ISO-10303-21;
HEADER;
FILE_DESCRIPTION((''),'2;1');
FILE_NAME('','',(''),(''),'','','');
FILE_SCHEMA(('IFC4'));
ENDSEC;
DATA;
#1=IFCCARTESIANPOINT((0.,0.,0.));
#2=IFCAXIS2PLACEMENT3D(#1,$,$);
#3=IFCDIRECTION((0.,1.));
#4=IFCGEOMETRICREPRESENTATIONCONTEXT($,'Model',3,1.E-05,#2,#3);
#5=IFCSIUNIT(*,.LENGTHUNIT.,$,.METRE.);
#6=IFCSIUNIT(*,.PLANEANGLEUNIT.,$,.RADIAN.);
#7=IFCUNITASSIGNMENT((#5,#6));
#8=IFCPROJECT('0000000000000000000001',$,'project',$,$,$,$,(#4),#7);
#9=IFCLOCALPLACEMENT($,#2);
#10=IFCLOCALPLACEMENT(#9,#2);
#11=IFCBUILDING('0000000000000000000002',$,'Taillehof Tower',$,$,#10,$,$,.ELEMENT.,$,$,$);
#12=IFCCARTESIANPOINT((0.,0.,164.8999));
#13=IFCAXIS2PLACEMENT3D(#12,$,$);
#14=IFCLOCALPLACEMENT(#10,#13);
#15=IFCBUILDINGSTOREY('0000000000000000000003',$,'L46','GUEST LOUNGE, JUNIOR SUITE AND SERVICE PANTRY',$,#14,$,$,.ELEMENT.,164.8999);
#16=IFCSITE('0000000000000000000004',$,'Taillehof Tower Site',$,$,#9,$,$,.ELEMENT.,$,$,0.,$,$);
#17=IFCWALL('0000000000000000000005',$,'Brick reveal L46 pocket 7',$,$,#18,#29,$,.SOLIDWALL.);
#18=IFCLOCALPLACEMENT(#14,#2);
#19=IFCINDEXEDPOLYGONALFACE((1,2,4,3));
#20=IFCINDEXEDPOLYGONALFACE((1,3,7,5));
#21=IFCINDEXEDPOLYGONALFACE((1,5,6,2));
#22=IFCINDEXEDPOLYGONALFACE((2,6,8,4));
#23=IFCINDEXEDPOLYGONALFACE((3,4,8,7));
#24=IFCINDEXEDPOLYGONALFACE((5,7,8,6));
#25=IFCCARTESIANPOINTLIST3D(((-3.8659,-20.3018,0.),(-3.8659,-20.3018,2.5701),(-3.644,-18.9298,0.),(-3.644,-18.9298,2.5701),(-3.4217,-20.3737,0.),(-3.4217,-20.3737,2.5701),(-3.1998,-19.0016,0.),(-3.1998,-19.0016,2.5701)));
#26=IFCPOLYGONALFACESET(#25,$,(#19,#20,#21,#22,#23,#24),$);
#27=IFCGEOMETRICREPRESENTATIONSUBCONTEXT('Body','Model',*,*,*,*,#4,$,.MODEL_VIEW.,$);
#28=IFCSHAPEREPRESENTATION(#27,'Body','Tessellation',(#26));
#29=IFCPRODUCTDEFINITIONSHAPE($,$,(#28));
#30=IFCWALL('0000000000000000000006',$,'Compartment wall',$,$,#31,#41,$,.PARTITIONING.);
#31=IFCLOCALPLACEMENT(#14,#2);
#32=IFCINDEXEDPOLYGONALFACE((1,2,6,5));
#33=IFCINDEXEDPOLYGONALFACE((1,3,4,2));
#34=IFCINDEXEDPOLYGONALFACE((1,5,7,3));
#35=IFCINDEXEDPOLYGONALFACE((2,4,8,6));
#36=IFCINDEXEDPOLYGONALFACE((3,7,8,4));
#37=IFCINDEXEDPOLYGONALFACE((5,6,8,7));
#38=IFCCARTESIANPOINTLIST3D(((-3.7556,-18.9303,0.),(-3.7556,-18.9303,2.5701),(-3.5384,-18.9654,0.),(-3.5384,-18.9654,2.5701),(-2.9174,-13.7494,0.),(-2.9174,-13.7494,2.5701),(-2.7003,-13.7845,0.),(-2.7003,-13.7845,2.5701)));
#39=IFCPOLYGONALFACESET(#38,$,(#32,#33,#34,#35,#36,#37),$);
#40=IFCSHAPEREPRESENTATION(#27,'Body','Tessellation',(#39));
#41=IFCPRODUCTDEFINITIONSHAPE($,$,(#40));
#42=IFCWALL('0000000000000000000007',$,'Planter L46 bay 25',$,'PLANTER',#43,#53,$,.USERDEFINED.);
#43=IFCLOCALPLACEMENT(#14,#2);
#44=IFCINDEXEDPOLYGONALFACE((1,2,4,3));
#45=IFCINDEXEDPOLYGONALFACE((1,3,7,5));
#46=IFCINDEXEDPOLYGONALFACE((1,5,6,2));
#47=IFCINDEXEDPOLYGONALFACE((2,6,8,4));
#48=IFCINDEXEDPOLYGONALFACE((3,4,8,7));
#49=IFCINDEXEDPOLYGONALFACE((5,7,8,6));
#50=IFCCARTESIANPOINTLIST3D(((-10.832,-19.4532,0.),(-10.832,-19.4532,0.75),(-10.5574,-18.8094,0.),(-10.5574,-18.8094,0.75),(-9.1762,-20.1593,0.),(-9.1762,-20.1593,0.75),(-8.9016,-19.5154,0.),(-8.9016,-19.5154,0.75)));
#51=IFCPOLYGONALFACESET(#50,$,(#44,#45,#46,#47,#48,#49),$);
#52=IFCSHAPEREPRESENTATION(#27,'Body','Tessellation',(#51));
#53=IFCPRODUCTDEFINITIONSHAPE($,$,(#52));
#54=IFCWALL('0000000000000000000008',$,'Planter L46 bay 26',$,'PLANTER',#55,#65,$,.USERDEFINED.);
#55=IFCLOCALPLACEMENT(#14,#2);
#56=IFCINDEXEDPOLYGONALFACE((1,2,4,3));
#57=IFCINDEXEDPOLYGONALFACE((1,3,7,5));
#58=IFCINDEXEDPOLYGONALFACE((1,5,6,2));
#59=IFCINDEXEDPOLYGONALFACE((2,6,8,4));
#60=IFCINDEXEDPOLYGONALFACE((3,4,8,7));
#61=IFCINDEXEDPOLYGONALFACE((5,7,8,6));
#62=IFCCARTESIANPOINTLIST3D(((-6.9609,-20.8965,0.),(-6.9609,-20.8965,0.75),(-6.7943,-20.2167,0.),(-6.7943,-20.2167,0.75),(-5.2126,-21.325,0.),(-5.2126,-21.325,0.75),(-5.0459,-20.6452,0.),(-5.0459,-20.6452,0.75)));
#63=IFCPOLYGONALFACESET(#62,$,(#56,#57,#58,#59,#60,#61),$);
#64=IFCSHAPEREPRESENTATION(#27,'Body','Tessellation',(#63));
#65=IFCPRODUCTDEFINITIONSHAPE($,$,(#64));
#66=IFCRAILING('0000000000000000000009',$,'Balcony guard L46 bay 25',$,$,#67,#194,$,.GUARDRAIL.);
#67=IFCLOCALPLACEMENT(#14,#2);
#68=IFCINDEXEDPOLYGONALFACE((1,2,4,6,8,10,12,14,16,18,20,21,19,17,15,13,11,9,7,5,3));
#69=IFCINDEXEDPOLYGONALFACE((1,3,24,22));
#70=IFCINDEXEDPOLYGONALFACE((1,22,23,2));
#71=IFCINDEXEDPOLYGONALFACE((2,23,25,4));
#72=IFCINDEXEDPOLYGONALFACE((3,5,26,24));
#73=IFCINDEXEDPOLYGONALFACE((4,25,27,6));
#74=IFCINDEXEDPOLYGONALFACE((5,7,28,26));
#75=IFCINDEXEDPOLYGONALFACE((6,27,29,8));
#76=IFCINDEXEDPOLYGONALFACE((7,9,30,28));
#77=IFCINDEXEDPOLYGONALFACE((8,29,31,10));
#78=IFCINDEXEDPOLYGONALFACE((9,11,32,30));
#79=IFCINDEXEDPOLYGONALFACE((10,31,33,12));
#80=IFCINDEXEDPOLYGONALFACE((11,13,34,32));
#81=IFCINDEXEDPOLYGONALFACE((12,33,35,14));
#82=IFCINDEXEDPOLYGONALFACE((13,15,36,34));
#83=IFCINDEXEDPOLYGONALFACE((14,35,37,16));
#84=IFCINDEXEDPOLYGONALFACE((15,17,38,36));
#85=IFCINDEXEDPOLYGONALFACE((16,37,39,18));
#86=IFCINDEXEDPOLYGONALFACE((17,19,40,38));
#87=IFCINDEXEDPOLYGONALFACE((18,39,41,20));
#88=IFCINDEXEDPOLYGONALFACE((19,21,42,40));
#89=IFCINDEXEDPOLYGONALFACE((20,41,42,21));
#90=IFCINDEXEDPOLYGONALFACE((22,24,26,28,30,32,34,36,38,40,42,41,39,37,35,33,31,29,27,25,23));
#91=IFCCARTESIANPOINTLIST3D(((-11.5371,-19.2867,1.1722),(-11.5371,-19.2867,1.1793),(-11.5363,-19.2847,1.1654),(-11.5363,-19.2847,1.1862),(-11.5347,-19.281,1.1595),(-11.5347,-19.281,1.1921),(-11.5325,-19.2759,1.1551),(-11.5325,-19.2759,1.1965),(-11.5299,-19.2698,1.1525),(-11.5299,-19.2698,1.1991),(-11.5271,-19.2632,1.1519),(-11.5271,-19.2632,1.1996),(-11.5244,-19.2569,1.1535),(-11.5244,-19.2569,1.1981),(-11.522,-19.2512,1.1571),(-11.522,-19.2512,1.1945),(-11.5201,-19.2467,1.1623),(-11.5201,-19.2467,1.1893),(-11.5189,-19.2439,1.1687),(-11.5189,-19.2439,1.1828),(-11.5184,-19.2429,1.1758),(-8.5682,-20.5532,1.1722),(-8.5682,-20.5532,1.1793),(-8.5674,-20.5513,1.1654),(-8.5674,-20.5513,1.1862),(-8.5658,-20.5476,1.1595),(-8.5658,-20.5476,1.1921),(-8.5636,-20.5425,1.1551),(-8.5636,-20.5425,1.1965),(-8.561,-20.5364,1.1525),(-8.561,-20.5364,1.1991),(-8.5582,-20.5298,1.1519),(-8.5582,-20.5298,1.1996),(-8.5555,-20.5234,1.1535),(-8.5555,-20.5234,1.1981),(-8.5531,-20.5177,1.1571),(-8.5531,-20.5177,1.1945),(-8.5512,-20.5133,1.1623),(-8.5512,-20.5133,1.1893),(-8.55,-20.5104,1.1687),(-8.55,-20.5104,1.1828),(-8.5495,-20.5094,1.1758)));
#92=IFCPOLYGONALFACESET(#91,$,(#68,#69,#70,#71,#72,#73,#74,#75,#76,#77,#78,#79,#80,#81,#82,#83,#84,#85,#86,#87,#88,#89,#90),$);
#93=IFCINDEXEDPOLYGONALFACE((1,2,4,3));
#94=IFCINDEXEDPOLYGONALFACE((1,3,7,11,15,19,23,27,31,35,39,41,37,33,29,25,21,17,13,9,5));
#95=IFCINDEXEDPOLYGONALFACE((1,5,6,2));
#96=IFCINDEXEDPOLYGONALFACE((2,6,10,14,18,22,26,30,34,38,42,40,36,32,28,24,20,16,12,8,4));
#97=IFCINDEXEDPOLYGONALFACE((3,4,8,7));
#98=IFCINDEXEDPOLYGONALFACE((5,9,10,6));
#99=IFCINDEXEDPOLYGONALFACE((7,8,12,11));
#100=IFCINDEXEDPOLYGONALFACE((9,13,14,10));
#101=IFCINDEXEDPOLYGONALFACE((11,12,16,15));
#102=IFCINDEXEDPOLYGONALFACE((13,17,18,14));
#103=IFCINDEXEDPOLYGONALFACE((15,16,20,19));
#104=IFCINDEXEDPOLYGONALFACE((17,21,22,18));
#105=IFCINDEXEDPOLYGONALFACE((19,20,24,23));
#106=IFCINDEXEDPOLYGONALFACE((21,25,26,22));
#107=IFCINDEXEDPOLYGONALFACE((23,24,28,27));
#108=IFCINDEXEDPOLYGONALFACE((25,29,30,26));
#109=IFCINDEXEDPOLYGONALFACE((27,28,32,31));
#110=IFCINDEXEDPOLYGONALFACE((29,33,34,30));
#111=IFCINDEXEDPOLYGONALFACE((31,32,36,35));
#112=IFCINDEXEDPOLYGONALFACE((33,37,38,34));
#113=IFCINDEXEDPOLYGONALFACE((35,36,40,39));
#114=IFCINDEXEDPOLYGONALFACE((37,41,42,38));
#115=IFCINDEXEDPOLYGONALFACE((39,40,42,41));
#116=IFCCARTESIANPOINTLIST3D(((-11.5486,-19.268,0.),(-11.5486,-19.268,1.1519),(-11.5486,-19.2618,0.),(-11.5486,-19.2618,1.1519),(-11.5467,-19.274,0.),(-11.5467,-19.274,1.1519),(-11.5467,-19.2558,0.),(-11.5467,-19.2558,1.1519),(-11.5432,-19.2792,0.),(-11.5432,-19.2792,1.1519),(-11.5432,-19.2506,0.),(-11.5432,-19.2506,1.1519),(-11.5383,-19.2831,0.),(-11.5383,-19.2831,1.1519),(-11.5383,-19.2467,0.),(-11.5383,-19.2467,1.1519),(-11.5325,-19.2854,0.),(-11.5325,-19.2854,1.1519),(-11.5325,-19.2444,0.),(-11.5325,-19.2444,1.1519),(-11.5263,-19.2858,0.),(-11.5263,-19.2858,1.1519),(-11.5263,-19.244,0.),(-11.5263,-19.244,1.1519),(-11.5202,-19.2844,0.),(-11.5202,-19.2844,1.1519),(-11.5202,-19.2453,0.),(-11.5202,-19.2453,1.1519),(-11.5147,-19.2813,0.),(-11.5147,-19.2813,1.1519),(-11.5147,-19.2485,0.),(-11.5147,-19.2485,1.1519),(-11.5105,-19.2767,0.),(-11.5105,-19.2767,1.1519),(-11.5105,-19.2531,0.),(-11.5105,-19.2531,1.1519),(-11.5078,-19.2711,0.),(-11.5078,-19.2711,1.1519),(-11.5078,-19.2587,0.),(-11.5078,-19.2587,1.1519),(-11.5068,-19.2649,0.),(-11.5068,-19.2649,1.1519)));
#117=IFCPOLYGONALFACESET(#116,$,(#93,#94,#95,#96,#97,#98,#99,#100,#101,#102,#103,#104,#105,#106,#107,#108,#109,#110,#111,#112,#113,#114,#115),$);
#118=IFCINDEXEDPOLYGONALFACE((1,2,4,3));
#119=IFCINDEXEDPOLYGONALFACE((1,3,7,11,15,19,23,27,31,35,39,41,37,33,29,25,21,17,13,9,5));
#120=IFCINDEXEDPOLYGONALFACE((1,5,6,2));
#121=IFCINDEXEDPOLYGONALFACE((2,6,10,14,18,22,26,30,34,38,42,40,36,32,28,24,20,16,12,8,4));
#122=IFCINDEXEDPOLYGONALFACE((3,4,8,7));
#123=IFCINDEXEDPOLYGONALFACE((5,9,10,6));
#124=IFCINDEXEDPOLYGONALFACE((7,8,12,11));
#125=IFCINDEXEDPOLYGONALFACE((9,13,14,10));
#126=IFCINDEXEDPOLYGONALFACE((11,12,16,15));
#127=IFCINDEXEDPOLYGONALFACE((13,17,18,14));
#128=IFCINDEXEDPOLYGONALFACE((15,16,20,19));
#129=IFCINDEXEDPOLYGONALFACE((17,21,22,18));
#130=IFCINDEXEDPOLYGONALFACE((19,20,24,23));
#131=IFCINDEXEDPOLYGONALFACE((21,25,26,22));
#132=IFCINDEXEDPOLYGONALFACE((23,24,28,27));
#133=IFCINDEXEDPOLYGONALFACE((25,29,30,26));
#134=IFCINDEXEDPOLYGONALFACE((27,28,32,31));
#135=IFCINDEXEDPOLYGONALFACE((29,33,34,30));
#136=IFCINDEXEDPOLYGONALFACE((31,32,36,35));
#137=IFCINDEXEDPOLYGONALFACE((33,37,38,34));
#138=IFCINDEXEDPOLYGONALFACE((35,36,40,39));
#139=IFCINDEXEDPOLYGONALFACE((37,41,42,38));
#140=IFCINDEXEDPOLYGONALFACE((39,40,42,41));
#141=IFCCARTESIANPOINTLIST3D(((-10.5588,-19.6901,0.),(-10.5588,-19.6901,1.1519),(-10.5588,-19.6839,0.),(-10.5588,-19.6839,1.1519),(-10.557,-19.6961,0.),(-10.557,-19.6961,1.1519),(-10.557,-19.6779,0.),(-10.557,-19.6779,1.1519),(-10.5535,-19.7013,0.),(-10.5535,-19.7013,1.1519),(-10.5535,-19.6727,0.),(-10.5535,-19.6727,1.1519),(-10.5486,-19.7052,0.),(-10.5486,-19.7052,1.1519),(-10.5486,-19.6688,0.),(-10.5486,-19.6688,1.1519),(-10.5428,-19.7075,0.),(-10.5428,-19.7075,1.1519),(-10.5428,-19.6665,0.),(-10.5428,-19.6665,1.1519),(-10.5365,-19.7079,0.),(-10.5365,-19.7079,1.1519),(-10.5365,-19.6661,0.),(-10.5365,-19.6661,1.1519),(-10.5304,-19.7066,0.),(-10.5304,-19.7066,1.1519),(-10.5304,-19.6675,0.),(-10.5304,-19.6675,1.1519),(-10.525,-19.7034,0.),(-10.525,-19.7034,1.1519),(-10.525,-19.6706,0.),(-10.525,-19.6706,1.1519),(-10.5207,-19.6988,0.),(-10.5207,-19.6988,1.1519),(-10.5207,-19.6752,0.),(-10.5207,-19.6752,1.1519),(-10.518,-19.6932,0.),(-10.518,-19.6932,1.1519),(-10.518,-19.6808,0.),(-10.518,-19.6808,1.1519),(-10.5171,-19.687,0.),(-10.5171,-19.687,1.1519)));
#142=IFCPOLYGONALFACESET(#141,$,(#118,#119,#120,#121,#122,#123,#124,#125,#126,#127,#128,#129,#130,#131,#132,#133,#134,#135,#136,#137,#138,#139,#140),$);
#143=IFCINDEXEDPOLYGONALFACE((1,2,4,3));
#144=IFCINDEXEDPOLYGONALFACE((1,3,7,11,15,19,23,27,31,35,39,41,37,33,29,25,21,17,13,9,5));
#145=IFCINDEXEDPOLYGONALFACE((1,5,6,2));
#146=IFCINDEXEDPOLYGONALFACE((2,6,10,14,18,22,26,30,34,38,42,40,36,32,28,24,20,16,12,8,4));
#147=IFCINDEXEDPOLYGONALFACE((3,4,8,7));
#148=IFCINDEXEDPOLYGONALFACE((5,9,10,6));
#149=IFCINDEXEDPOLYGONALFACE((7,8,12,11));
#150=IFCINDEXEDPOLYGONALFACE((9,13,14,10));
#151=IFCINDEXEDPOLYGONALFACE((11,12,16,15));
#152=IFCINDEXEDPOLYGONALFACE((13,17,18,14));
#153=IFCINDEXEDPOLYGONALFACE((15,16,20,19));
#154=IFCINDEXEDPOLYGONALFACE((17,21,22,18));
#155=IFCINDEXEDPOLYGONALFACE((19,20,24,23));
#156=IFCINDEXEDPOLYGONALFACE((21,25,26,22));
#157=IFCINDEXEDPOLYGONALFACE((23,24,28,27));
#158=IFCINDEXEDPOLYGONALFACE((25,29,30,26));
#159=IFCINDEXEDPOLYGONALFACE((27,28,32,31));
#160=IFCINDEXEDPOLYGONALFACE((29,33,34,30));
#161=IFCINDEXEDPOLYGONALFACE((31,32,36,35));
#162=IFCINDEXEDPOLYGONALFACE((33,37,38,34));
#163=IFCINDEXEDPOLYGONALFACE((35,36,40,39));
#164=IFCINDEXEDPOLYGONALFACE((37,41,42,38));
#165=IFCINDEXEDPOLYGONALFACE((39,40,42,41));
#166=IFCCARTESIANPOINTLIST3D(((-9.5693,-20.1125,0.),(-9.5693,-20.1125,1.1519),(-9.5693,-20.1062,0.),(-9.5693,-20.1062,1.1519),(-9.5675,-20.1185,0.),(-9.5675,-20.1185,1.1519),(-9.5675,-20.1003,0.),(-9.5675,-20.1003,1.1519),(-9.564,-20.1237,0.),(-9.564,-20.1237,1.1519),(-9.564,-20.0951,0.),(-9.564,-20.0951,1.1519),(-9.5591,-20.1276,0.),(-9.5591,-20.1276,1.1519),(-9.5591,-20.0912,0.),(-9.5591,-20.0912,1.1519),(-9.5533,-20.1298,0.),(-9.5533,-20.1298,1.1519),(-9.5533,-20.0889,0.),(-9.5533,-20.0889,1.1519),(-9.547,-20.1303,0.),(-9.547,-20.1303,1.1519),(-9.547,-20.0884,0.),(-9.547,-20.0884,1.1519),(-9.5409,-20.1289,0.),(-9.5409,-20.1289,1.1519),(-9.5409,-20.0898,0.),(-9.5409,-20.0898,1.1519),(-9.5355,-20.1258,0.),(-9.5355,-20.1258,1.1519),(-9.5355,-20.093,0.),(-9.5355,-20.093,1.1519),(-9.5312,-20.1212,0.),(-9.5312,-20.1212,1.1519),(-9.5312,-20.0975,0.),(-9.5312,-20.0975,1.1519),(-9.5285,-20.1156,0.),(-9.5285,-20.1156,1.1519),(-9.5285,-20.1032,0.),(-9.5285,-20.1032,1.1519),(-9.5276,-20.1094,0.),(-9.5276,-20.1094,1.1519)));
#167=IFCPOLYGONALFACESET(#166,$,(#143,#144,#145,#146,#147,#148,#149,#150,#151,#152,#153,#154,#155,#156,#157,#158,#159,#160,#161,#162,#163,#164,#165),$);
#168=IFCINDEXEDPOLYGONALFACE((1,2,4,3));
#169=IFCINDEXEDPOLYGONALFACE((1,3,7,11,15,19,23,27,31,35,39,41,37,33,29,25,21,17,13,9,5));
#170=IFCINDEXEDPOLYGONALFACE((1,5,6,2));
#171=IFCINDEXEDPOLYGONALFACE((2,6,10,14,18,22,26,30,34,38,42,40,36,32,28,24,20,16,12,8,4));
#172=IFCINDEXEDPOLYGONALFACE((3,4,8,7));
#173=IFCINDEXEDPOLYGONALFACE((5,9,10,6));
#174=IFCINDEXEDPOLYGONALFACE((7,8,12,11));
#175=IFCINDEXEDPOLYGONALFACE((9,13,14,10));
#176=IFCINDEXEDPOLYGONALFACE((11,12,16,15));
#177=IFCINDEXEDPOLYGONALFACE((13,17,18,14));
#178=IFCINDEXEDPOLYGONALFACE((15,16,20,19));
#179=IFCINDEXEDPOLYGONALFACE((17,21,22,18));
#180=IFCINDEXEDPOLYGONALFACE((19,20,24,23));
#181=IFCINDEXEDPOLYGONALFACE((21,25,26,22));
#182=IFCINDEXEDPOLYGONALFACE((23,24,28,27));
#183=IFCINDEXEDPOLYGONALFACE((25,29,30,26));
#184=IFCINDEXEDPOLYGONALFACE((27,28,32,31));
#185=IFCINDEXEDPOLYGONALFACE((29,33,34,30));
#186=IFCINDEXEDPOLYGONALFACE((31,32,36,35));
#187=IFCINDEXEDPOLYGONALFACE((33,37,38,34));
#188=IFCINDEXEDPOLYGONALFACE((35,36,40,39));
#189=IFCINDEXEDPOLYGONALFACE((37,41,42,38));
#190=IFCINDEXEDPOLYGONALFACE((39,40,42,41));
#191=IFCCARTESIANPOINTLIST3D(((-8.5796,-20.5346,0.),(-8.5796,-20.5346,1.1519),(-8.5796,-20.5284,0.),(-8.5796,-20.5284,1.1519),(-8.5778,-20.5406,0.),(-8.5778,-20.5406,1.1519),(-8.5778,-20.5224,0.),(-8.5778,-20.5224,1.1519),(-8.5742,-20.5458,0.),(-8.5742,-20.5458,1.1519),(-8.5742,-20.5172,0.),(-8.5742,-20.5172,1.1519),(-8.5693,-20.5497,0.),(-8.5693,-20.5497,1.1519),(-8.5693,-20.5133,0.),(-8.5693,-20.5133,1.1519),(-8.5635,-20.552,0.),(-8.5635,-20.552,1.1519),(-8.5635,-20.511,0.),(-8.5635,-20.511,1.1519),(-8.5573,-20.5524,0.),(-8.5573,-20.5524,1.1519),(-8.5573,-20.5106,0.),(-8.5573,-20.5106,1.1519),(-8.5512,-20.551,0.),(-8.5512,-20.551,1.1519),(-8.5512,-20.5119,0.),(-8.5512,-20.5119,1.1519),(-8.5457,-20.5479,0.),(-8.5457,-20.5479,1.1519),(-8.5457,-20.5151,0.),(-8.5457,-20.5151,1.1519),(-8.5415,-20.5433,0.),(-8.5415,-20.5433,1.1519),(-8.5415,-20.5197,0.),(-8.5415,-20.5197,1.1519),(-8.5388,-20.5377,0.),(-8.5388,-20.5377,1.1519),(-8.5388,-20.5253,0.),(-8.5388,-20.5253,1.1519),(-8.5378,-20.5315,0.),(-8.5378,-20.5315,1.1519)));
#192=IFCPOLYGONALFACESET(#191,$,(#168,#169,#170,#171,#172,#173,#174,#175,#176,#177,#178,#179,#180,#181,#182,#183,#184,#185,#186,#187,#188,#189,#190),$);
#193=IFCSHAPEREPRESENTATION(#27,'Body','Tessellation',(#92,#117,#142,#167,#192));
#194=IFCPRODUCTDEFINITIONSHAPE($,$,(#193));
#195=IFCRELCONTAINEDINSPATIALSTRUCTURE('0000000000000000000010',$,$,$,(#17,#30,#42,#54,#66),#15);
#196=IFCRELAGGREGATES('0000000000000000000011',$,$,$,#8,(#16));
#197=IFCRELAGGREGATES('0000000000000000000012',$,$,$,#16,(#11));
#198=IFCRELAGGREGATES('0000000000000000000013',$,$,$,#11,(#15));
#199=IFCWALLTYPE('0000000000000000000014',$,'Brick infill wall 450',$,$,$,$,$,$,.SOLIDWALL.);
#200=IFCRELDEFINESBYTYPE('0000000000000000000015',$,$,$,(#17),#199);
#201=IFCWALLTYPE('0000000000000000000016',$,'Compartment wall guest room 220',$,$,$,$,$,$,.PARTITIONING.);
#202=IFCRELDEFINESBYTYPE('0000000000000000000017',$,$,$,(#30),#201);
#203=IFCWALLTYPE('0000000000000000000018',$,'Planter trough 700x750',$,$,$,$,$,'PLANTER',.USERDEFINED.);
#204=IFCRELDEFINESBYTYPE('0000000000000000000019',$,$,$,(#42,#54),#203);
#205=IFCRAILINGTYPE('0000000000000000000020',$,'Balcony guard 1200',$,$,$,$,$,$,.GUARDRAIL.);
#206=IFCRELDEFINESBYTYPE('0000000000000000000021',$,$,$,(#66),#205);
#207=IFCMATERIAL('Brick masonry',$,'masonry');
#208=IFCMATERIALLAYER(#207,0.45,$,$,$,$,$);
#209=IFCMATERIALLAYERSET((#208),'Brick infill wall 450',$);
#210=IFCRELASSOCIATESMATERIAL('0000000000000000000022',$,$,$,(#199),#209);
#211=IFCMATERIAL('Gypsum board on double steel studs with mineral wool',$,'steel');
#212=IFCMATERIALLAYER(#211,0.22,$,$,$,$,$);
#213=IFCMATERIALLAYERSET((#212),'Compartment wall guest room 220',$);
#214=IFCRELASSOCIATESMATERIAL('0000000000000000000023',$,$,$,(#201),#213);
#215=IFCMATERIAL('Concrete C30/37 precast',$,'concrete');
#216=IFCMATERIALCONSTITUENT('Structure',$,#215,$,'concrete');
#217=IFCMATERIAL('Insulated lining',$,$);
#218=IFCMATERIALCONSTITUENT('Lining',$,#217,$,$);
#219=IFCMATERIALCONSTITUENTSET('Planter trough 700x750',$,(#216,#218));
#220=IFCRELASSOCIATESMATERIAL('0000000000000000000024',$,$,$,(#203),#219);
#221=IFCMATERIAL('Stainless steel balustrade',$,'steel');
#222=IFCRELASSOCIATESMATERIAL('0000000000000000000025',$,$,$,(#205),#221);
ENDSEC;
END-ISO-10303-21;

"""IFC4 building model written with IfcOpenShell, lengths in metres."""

from ifc_helpers import new_model, si_unit, direction, frame, frame_2d, origin, origin_2d, place, context, subcontext, project, spatial, rectangle, circle, extrude, material, layer, layer_set, constituent, constituent_set, type_object, element, save


model = new_model("IFC4")

# Units and contexts
model_context = context("Model", 3, precision=1e-05, world=origin(), true_north=direction((0.0, 1.0)))
body_context = subcontext(model_context, "Body", "Model", "MODEL_VIEW")
ifc_project = project(units=[si_unit("LENGTHUNIT", "METRE"), si_unit("PLANEANGLEUNIT", "RADIAN")], contexts=[model_context])

# Site, building, storey
site_placement = place(None, origin())
site = spatial("IfcSite", under=ifc_project, at=site_placement, Name="Taillehof Tower Site", CompositionType="ELEMENT", RefElevation=0.0)
building_placement = place(site_placement, origin())
building = spatial("IfcBuilding", under=site, at=building_placement, Name="Taillehof Tower", CompositionType="ELEMENT")
storey_placement = place(building_placement, frame((0.0, 0.0, 164.8999)))
storey = spatial("IfcBuildingStorey", under=building, at=storey_placement, Name="L46", Description="GUEST LOUNGE, JUNIOR SUITE AND SERVICE PANTRY", CompositionType="ELEMENT", Elevation=164.8999)

# Shared definitions
ifc_material_1 = material(Name="Brick masonry", Category="masonry")
ifc_layer_1 = layer(ifc_material_1, 0.45)
ifc_layer_set_1 = layer_set([ifc_layer_1], Name="Brick infill wall 450")
wall_type_1 = type_object("IfcWallType", Name="Brick infill wall 450", PredefinedType="SOLIDWALL", material=ifc_layer_set_1)

# Wall
wall_1_placement = place(storey_placement, frame((-3.6438, -20.3376, 0.0), z_axis=(0.0, 0.0, 1.0), x_axis=(0.159669, 0.987171, 0.0)))
element("IfcWall", 1, at=wall_1_placement, inside=storey, type_object=wall_type_1, Name="Brick reveal L46 pocket 7", PredefinedType="SOLIDWALL", context=body_context, shape_type="SweptSolid", body=[
    extrude(rectangle(XDim=1.3899, YDim=0.45, at=frame_2d((0.6948, 0.0))), origin(), (0.0, 0.0, 1.0), 2.5701),
])

# Walls
ifc_material_2 = material(Name="Gypsum board on double steel studs with mineral wool", Category="steel")
ifc_layer_2 = layer(ifc_material_2, 0.22)
ifc_layer_set_2 = layer_set([ifc_layer_2], Name="Compartment wall guest room 220")
wall_type_2 = type_object("IfcWallType", Name="Compartment wall guest room 220", PredefinedType="PARTITIONING", material=ifc_layer_set_2)
wall_2_placement = place(storey_placement, frame((-3.647, -18.9478, 0.0), z_axis=(0.0, 0.0, 1.0), x_axis=(0.159698, 0.987166, 0.0)))
element("IfcWall", 2, at=wall_2_placement, inside=storey, type_object=wall_type_2, Name="Compartment wall", PredefinedType="PARTITIONING", context=body_context, shape_type="SweptSolid", body=[
    extrude(rectangle(XDim=5.2483, YDim=0.22, at=frame_2d((2.624, 0.0))), origin(), (0.0, 0.0, 1.0), 2.5701),
])
ifc_material_3 = material(Name="Concrete C30/37 precast", Category="concrete")
ifc_constituent_1 = constituent(ifc_material_3, Name="Structure", Category="concrete")
ifc_material_4 = material(Name="Insulated lining")
ifc_constituent_2 = constituent(ifc_material_4, Name="Lining")
ifc_constituent_set = constituent_set(constituents=[ifc_constituent_1, ifc_constituent_2], Name="Planter trough 700x750")
wall_type_3 = type_object("IfcWallType", Name="Planter trough 700x750", ElementType="PLANTER", PredefinedType="USERDEFINED", material=ifc_constituent_set)
for number, where, z_axis, x_axis, name in (
    (3, (-10.6946, -19.1313, 0.0), (0.0, 0.0, 1.0), (0.919859, -0.392249, 0.0), "Planter L46 bay 25"),
    (4, (-6.8774, -20.5566, 0.0), (0.0, 0.0, 1.0), (0.971257, -0.238033, 0.0), "Planter L46 bay 26"),
):
    element("IfcWall", number, at=place(storey_placement, frame(where, z_axis=z_axis, x_axis=x_axis)), inside=storey, type_object=wall_type_3, Name=name, ObjectType="PLANTER", PredefinedType="USERDEFINED", context=body_context, shape_type="SweptSolid", body=[
        extrude(rectangle(XDim=1.8, YDim=0.7, at=frame_2d((0.8999, 0.0))), origin(), (0.0, 0.0, 1.0), 0.75),
    ])

# Railing
ifc_material_5 = material(Name="Stainless steel balustrade", Category="steel")
railing_type = type_object("IfcRailingType", Name="Balcony guard 1200", PredefinedType="GUARDRAIL", material=ifc_material_5)
railing_1_placement = place(storey_placement, frame((-11.5278, -19.2649, 0.0)))
element("IfcRailing", 5, at=railing_1_placement, inside=storey, type_object=railing_type, Name="Balcony guard L46 bay 25", PredefinedType="GUARDRAIL", context=body_context, shape_type="SweptSolid", body=[
    extrude(circle(Radius=0.0239, at=origin_2d()), frame((0.0, 0.0, 1.1758), z_axis=(0.919797, -0.392394, 0.0), x_axis=(0.392394, 0.919797, 0.0)), (0.0, 0.0, 1.0), 3.2278),
    extrude(circle(Radius=0.021, at=origin_2d()), origin(), (0.0, 0.0, 1.0), 1.1519),
    extrude(circle(Radius=0.021, at=origin_2d()), frame((0.9897, -0.4221, 0.0)), (0.0, 0.0, 1.0), 1.1519),
    extrude(circle(Radius=0.021, at=origin_2d()), frame((1.9792, -0.8445, 0.0)), (0.0, 0.0, 1.0), 1.1519),
    extrude(circle(Radius=0.021, at=origin_2d()), frame((2.969, -1.2666, 0.0)), (0.0, 0.0, 1.0), 1.1519),
])

save(model, "model.ifc")
